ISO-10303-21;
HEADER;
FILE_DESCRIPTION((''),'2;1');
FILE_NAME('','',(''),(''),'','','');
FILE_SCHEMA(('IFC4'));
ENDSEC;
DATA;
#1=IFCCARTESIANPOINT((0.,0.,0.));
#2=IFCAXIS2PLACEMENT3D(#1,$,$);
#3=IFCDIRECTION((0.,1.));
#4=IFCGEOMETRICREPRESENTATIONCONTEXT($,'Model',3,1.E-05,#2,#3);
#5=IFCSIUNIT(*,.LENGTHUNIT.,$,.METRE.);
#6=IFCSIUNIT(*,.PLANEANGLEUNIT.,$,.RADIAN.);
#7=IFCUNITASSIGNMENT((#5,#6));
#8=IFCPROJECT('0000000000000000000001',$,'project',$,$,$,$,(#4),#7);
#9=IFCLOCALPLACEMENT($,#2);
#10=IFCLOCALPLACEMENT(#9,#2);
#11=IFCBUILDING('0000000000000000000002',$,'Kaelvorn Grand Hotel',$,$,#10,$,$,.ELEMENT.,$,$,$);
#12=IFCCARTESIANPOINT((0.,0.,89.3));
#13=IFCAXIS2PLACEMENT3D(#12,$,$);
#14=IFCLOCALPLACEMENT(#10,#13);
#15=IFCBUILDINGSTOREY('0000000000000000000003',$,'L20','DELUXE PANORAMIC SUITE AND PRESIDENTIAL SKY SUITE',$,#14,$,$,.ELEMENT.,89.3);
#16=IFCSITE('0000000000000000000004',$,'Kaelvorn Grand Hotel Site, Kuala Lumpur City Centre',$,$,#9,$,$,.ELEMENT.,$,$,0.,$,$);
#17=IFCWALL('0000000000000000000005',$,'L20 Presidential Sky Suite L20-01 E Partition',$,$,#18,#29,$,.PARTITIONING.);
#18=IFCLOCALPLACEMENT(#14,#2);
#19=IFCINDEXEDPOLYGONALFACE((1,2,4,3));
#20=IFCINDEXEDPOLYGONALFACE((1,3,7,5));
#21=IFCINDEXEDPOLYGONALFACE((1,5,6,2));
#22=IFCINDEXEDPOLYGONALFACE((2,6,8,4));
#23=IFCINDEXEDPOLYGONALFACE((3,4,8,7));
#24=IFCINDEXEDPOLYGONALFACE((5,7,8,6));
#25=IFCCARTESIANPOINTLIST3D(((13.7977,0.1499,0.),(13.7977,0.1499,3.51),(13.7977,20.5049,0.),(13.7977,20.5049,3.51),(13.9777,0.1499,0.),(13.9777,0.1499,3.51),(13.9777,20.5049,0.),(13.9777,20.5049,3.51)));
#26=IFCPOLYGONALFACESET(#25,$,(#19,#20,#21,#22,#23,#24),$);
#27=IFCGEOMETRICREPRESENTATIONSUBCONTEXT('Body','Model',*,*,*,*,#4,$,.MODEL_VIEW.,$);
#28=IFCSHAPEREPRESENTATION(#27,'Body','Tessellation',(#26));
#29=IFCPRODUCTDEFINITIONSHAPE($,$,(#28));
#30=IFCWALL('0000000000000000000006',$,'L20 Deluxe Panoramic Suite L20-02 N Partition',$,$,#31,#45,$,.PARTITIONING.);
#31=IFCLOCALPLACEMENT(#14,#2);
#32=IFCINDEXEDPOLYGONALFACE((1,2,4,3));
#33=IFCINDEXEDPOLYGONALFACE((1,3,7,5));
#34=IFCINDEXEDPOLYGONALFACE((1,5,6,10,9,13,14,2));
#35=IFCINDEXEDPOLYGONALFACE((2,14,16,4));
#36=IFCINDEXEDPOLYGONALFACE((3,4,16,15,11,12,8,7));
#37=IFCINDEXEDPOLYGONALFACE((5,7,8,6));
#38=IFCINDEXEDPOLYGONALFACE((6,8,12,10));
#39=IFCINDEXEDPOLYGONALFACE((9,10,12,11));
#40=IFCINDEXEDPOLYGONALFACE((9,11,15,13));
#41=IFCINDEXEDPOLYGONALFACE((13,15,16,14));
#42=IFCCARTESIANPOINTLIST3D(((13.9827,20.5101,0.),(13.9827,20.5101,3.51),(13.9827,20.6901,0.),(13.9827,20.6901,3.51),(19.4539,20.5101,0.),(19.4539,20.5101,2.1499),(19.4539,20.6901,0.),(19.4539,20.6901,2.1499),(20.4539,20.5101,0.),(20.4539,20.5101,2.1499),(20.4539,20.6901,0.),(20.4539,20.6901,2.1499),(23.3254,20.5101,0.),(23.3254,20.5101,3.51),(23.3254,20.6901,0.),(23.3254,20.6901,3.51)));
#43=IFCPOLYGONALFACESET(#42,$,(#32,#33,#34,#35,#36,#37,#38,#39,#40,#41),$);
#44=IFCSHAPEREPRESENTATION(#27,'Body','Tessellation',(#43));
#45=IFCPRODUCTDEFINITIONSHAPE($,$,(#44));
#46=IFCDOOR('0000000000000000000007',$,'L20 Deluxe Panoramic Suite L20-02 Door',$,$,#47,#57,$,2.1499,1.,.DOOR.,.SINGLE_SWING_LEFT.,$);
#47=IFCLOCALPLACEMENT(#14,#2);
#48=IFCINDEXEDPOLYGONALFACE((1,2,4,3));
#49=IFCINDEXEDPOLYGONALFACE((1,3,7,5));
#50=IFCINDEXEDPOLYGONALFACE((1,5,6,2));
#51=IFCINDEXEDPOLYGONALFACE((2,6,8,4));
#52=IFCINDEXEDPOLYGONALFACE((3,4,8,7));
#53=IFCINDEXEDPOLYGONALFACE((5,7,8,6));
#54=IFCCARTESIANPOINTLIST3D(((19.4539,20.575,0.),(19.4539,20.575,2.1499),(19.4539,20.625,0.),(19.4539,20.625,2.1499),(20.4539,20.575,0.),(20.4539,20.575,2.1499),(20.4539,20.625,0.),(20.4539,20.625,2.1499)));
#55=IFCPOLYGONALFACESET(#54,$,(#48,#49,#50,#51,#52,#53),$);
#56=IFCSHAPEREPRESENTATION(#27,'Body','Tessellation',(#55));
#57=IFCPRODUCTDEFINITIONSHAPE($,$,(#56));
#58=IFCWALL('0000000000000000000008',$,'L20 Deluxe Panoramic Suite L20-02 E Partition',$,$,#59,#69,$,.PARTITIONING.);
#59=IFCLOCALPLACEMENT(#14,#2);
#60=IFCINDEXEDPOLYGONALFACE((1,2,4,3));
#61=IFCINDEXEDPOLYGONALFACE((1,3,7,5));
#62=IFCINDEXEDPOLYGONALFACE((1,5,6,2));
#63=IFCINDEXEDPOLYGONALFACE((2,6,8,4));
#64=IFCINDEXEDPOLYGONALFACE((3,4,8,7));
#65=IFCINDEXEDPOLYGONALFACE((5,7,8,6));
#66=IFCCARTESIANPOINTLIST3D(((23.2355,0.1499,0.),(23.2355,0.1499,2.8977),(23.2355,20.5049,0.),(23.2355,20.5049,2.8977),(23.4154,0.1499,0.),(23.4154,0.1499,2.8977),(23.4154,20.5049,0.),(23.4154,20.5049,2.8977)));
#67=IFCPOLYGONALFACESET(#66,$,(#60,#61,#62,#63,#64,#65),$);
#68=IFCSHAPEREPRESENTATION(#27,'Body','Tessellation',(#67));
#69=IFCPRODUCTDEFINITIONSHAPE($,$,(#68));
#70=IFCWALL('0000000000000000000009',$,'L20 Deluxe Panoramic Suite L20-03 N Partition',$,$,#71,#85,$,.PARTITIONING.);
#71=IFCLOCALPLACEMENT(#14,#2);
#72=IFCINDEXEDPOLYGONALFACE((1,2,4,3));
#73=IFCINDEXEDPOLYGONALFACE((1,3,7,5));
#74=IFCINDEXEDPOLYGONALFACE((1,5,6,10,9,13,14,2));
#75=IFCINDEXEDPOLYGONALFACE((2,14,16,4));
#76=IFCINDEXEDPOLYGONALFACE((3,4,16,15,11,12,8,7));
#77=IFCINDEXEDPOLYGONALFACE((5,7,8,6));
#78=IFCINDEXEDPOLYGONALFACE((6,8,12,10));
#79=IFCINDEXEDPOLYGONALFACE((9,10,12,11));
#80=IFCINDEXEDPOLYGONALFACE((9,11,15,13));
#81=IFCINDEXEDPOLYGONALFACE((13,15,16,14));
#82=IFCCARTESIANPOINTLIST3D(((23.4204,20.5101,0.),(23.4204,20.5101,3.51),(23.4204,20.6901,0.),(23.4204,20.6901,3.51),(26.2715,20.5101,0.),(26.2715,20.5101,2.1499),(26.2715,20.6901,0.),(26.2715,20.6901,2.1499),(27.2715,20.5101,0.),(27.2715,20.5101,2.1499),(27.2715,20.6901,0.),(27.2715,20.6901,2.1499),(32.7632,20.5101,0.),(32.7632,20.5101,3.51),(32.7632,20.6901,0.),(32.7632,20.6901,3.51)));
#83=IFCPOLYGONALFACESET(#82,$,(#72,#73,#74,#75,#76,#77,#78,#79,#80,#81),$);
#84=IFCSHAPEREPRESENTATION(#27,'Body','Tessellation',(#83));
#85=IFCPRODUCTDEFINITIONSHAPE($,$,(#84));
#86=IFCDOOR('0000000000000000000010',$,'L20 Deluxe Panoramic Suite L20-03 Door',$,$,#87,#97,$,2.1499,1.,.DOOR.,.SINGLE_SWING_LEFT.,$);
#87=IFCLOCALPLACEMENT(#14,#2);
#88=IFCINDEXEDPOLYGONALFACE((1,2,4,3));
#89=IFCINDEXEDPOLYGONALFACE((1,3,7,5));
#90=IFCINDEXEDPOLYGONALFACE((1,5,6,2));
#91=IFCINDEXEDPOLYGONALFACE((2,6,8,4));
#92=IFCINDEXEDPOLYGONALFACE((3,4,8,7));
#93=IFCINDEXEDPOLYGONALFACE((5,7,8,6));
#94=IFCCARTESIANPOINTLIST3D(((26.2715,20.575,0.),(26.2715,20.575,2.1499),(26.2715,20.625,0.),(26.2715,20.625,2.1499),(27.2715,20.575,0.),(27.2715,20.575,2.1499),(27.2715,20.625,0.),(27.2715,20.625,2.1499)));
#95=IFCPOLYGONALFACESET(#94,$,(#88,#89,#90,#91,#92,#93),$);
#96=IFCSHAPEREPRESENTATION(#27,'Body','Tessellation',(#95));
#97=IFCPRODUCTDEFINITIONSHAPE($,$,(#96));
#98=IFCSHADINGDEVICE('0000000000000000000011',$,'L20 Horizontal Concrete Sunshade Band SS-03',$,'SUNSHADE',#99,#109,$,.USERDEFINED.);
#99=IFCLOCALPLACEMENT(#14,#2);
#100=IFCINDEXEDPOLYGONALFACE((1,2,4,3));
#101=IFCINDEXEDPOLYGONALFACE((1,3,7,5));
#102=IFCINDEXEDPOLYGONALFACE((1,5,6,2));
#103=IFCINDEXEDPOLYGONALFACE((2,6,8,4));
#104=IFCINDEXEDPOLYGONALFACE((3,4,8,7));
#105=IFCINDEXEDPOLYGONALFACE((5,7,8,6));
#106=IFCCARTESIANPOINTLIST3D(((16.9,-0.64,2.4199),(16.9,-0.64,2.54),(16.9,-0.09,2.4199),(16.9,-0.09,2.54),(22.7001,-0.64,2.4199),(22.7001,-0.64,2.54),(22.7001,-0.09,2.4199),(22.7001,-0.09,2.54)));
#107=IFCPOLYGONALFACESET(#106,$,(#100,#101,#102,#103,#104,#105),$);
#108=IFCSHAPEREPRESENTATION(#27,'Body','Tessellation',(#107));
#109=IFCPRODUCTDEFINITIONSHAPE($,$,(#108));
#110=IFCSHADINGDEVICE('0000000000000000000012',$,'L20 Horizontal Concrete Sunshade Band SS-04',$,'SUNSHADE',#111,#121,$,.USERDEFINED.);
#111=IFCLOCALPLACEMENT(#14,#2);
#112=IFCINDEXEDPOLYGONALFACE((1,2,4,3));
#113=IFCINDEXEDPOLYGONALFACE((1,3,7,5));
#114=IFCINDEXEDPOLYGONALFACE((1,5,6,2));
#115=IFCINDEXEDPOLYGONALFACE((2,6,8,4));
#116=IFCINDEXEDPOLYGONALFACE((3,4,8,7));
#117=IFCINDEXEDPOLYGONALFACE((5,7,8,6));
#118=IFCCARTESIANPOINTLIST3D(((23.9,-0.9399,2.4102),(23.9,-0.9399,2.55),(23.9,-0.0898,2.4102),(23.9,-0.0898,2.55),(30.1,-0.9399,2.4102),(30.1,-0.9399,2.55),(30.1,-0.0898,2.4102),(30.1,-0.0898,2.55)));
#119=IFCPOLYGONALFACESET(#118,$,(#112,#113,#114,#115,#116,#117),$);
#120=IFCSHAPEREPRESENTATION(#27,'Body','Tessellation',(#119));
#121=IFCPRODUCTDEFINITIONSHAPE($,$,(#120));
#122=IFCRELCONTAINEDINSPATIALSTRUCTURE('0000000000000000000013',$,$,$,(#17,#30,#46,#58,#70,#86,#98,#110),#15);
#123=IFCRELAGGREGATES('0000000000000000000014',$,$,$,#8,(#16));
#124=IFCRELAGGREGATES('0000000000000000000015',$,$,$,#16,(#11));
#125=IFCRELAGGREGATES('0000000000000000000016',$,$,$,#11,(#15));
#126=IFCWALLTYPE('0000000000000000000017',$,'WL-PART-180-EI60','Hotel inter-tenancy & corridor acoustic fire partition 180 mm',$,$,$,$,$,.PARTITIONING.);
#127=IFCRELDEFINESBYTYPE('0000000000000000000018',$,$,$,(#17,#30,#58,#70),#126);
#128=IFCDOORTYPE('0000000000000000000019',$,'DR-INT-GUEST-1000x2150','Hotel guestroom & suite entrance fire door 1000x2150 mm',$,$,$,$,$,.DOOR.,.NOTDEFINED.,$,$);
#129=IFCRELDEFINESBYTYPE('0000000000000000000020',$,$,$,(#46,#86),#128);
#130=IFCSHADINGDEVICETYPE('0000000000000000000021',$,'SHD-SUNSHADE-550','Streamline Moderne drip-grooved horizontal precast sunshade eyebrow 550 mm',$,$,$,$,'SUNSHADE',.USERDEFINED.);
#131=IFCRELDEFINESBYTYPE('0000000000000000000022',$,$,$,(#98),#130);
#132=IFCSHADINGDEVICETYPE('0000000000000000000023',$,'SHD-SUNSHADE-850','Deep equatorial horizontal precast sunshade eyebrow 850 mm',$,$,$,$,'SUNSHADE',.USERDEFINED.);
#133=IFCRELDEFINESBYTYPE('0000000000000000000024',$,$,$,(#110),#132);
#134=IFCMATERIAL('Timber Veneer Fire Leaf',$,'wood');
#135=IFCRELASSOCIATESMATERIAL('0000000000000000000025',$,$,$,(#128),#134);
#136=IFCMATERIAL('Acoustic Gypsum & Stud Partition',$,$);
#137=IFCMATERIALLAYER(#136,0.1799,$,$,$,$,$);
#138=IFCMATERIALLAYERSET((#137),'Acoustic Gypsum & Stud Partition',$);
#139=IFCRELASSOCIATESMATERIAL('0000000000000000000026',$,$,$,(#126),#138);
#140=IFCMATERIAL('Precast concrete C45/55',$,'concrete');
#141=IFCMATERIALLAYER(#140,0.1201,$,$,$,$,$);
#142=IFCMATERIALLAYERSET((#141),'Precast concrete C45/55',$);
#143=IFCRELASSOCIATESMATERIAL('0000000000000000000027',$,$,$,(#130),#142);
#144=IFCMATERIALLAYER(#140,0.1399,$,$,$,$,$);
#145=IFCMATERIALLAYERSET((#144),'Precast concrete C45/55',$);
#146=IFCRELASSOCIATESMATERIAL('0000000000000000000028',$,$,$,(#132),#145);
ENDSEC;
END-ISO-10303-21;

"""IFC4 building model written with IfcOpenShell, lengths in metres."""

from ifc_helpers import new_model, si_unit, direction, frame, frame_2d, origin, origin_2d, place, context, subcontext, project, spatial, rectangle, extrude, material, layer, layer_set, type_object, element, fill, save


model = new_model("IFC4")

# Units and contexts
model_context = context("Model", 3, precision=1e-05, world=origin(), true_north=direction((0.0, 1.0)))
body_context = subcontext(model_context, "Body", "Model", "MODEL_VIEW")
ifc_project = project(units=[si_unit("LENGTHUNIT", "METRE"), si_unit("PLANEANGLEUNIT", "RADIAN")], contexts=[model_context])

# Site, building, storey
site_placement = place(None, origin())
site = spatial("IfcSite", under=ifc_project, at=site_placement, Name="Kaelvorn Grand Hotel Site, Kuala Lumpur City Centre", CompositionType="ELEMENT", RefElevation=0.0)
building_placement = place(site_placement, origin())
building = spatial("IfcBuilding", under=site, at=building_placement, Name="Kaelvorn Grand Hotel", CompositionType="ELEMENT")
storey_placement = place(building_placement, frame((0.0, 0.0, 89.3)))
storey = spatial("IfcBuildingStorey", under=building, at=storey_placement, Name="L20", Description="DELUXE PANORAMIC SUITE AND PRESIDENTIAL SKY SUITE", CompositionType="ELEMENT", Elevation=89.3)

# Shared definitions
ifc_material_1 = material(Name="Acoustic Gypsum & Stud Partition")
ifc_material_2 = material(Name="Timber Veneer Fire Leaf", Category="wood")
door_type_1 = type_object("IfcDoorType", Name="DR-INT-GUEST-1000x2150", Description="Hotel guestroom & suite entrance fire door 1000x2150 mm", OperationType="NOTDEFINED", PredefinedType="DOOR", material=ifc_material_2)

# Wall
ifc_layer_1 = layer(ifc_material_1, 0.1799)
ifc_layer_set_1 = layer_set([ifc_layer_1], Name="Acoustic Gypsum & Stud Partition")
wall_type_1 = type_object("IfcWallType", Name="WL-PART-180-EI60", Description="Hotel inter-tenancy & corridor acoustic fire partition 180 mm", PredefinedType="PARTITIONING", material=ifc_layer_set_1)
wall_1_placement = place(storey_placement, frame((13.8877, 0.1499, 0.0), z_axis=(0.0, 0.0, 1.0), x_axis=(0.0, 1.0, 0.0)))
element("IfcWall", 1, at=wall_1_placement, inside=storey, type_object=wall_type_1, Name="L20 Presidential Sky Suite L20-01 E Partition", PredefinedType="PARTITIONING", context=body_context, shape_type="SweptSolid", body=[
    extrude(rectangle(XDim=20.355, YDim=0.1799, at=frame_2d((10.1775, 0.0))), origin(), (0.0, 0.0, 1.0), 3.51),
])

# Wall, opening, door
wall_2_placement = place(storey_placement, frame((13.9827, 20.6001, 0.0), z_axis=(0.0, 0.0, 1.0), x_axis=(1.0, 0.0, 0.0)))
wall_2 = element("IfcWall", 2, at=wall_2_placement, inside=storey, type_object=wall_type_1, Name="L20 Deluxe Panoramic Suite L20-02 N Partition", PredefinedType="PARTITIONING", context=body_context, shape_type="SweptSolid", body=[
    extrude(rectangle(XDim=9.3428, YDim=0.1799, at=frame_2d((4.6714, 0.0))), origin(), (0.0, 0.0, 1.0), 3.51),
])
opening_1_placement = place(wall_2_placement, frame((5.4712, 0.0, 0.0)))
opening_1 = element("IfcOpeningElement", 3, at=opening_1_placement, cuts=wall_2, PredefinedType="OPENING", context=body_context, shape_type="SweptSolid", body=[
    extrude(rectangle(XDim=1.0, YDim=2.1499, at=frame_2d((0.5, 1.075))), frame((0.0, 0.1001, 0.0), z_axis=(0.0, -1.0, 0.0), x_axis=(1.0, 0.0, 0.0)), (0.0, 0.0, 1.0), 0.2),
])
door_1_placement = place(opening_1_placement, origin())
door_1 = element("IfcDoor", 4, at=door_1_placement, inside=storey, type_object=door_type_1, Name="L20 Deluxe Panoramic Suite L20-02 Door", OperationType="SINGLE_SWING_LEFT", OverallHeight=2.1499, OverallWidth=1.0, PredefinedType="DOOR", context=body_context, shape_type="SweptSolid", body=[
    extrude(rectangle(XDim=1.0, YDim=2.1499, at=frame_2d((0.5, 1.075))), frame((0.0, 0.0249, 0.0), z_axis=(0.0, -1.0, 0.0), x_axis=(1.0, 0.0, 0.0)), (0.0, 0.0, 1.0), 0.05),
])
fill(opening_1, door_1)

# Wall
wall_3_placement = place(storey_placement, frame((23.3254, 0.1499, 0.0), z_axis=(0.0, 0.0, 1.0), x_axis=(0.0, 1.0, 0.0)))
element("IfcWall", 5, at=wall_3_placement, inside=storey, type_object=wall_type_1, Name="L20 Deluxe Panoramic Suite L20-02 E Partition", PredefinedType="PARTITIONING", context=body_context, shape_type="SweptSolid", body=[
    extrude(rectangle(XDim=20.355, YDim=0.1799, at=frame_2d((10.1775, 0.0))), origin(), (0.0, 0.0, 1.0), 2.8977),
])

# Wall, opening, door
wall_4_placement = place(storey_placement, frame((23.4204, 20.6001, 0.0), z_axis=(0.0, 0.0, 1.0), x_axis=(1.0, 0.0, 0.0)))
wall_4 = element("IfcWall", 6, at=wall_4_placement, inside=storey, type_object=wall_type_1, Name="L20 Deluxe Panoramic Suite L20-03 N Partition", PredefinedType="PARTITIONING", context=body_context, shape_type="SweptSolid", body=[
    extrude(rectangle(XDim=9.3428, YDim=0.1799, at=frame_2d((4.6714, 0.0))), origin(), (0.0, 0.0, 1.0), 3.51),
])
opening_2_placement = place(wall_4_placement, frame((2.8511, 0.0, 0.0)))
opening_2 = element("IfcOpeningElement", 7, at=opening_2_placement, cuts=wall_4, PredefinedType="OPENING", context=body_context, shape_type="SweptSolid", body=[
    extrude(rectangle(XDim=1.0, YDim=2.1499, at=frame_2d((0.5, 1.075))), frame((0.0, 0.1001, 0.0), z_axis=(0.0, -1.0, 0.0), x_axis=(1.0, 0.0, 0.0)), (0.0, 0.0, 1.0), 0.2),
])
door_2_placement = place(opening_2_placement, origin())
door_2 = element("IfcDoor", 8, at=door_2_placement, inside=storey, type_object=door_type_1, Name="L20 Deluxe Panoramic Suite L20-03 Door", OperationType="SINGLE_SWING_LEFT", OverallHeight=2.1499, OverallWidth=1.0, PredefinedType="DOOR", context=body_context, shape_type="SweptSolid", body=[
    extrude(rectangle(XDim=1.0, YDim=2.1499, at=frame_2d((0.5, 1.075))), frame((0.0, 0.0249, 0.0), z_axis=(0.0, -1.0, 0.0), x_axis=(1.0, 0.0, 0.0)), (0.0, 0.0, 1.0), 0.05),
])
fill(opening_2, door_2)

# Shading devices
ifc_material_3 = material(Name="Precast concrete C45/55", Category="concrete")
ifc_layer_2 = layer(ifc_material_3, 0.1201)
ifc_layer_set_2 = layer_set([ifc_layer_2], Name="Precast concrete C45/55")
shading_device_type_1 = type_object("IfcShadingDeviceType", Name="SHD-SUNSHADE-550", Description="Streamline Moderne drip-grooved horizontal precast sunshade eyebrow 550 mm", ElementType="SUNSHADE", PredefinedType="USERDEFINED", material=ifc_layer_set_2)
shading_device_1_placement = place(storey_placement, frame((19.8, -0.365, 2.4199), z_axis=(0.0, 0.0, 1.0), x_axis=(1.0, 0.0, 0.0)))
element("IfcShadingDevice", 9, at=shading_device_1_placement, inside=storey, type_object=shading_device_type_1, Name="L20 Horizontal Concrete Sunshade Band SS-03", ObjectType="SUNSHADE", PredefinedType="USERDEFINED", context=body_context, shape_type="SweptSolid", body=[
    extrude(rectangle(XDim=5.8, YDim=0.55, at=origin_2d()), origin(), (0.0, 0.0, 1.0), 0.1201),
])
ifc_layer_3 = layer(ifc_material_3, 0.1399)
ifc_layer_set_3 = layer_set([ifc_layer_3], Name="Precast concrete C45/55")
shading_device_type_2 = type_object("IfcShadingDeviceType", Name="SHD-SUNSHADE-850", Description="Deep equatorial horizontal precast sunshade eyebrow 850 mm", ElementType="SUNSHADE", PredefinedType="USERDEFINED", material=ifc_layer_set_3)
shading_device_2_placement = place(storey_placement, frame((27.0, -0.5149, 2.4102), z_axis=(0.0, 0.0, 1.0), x_axis=(1.0, 0.0, 0.0)))
element("IfcShadingDevice", 10, at=shading_device_2_placement, inside=storey, type_object=shading_device_type_2, Name="L20 Horizontal Concrete Sunshade Band SS-04", ObjectType="SUNSHADE", PredefinedType="USERDEFINED", context=body_context, shape_type="SweptSolid", body=[
    extrude(rectangle(XDim=6.2, YDim=0.8501, at=origin_2d()), origin(), (0.0, 0.0, 1.0), 0.1399),
])

save(model, "model.ifc")
